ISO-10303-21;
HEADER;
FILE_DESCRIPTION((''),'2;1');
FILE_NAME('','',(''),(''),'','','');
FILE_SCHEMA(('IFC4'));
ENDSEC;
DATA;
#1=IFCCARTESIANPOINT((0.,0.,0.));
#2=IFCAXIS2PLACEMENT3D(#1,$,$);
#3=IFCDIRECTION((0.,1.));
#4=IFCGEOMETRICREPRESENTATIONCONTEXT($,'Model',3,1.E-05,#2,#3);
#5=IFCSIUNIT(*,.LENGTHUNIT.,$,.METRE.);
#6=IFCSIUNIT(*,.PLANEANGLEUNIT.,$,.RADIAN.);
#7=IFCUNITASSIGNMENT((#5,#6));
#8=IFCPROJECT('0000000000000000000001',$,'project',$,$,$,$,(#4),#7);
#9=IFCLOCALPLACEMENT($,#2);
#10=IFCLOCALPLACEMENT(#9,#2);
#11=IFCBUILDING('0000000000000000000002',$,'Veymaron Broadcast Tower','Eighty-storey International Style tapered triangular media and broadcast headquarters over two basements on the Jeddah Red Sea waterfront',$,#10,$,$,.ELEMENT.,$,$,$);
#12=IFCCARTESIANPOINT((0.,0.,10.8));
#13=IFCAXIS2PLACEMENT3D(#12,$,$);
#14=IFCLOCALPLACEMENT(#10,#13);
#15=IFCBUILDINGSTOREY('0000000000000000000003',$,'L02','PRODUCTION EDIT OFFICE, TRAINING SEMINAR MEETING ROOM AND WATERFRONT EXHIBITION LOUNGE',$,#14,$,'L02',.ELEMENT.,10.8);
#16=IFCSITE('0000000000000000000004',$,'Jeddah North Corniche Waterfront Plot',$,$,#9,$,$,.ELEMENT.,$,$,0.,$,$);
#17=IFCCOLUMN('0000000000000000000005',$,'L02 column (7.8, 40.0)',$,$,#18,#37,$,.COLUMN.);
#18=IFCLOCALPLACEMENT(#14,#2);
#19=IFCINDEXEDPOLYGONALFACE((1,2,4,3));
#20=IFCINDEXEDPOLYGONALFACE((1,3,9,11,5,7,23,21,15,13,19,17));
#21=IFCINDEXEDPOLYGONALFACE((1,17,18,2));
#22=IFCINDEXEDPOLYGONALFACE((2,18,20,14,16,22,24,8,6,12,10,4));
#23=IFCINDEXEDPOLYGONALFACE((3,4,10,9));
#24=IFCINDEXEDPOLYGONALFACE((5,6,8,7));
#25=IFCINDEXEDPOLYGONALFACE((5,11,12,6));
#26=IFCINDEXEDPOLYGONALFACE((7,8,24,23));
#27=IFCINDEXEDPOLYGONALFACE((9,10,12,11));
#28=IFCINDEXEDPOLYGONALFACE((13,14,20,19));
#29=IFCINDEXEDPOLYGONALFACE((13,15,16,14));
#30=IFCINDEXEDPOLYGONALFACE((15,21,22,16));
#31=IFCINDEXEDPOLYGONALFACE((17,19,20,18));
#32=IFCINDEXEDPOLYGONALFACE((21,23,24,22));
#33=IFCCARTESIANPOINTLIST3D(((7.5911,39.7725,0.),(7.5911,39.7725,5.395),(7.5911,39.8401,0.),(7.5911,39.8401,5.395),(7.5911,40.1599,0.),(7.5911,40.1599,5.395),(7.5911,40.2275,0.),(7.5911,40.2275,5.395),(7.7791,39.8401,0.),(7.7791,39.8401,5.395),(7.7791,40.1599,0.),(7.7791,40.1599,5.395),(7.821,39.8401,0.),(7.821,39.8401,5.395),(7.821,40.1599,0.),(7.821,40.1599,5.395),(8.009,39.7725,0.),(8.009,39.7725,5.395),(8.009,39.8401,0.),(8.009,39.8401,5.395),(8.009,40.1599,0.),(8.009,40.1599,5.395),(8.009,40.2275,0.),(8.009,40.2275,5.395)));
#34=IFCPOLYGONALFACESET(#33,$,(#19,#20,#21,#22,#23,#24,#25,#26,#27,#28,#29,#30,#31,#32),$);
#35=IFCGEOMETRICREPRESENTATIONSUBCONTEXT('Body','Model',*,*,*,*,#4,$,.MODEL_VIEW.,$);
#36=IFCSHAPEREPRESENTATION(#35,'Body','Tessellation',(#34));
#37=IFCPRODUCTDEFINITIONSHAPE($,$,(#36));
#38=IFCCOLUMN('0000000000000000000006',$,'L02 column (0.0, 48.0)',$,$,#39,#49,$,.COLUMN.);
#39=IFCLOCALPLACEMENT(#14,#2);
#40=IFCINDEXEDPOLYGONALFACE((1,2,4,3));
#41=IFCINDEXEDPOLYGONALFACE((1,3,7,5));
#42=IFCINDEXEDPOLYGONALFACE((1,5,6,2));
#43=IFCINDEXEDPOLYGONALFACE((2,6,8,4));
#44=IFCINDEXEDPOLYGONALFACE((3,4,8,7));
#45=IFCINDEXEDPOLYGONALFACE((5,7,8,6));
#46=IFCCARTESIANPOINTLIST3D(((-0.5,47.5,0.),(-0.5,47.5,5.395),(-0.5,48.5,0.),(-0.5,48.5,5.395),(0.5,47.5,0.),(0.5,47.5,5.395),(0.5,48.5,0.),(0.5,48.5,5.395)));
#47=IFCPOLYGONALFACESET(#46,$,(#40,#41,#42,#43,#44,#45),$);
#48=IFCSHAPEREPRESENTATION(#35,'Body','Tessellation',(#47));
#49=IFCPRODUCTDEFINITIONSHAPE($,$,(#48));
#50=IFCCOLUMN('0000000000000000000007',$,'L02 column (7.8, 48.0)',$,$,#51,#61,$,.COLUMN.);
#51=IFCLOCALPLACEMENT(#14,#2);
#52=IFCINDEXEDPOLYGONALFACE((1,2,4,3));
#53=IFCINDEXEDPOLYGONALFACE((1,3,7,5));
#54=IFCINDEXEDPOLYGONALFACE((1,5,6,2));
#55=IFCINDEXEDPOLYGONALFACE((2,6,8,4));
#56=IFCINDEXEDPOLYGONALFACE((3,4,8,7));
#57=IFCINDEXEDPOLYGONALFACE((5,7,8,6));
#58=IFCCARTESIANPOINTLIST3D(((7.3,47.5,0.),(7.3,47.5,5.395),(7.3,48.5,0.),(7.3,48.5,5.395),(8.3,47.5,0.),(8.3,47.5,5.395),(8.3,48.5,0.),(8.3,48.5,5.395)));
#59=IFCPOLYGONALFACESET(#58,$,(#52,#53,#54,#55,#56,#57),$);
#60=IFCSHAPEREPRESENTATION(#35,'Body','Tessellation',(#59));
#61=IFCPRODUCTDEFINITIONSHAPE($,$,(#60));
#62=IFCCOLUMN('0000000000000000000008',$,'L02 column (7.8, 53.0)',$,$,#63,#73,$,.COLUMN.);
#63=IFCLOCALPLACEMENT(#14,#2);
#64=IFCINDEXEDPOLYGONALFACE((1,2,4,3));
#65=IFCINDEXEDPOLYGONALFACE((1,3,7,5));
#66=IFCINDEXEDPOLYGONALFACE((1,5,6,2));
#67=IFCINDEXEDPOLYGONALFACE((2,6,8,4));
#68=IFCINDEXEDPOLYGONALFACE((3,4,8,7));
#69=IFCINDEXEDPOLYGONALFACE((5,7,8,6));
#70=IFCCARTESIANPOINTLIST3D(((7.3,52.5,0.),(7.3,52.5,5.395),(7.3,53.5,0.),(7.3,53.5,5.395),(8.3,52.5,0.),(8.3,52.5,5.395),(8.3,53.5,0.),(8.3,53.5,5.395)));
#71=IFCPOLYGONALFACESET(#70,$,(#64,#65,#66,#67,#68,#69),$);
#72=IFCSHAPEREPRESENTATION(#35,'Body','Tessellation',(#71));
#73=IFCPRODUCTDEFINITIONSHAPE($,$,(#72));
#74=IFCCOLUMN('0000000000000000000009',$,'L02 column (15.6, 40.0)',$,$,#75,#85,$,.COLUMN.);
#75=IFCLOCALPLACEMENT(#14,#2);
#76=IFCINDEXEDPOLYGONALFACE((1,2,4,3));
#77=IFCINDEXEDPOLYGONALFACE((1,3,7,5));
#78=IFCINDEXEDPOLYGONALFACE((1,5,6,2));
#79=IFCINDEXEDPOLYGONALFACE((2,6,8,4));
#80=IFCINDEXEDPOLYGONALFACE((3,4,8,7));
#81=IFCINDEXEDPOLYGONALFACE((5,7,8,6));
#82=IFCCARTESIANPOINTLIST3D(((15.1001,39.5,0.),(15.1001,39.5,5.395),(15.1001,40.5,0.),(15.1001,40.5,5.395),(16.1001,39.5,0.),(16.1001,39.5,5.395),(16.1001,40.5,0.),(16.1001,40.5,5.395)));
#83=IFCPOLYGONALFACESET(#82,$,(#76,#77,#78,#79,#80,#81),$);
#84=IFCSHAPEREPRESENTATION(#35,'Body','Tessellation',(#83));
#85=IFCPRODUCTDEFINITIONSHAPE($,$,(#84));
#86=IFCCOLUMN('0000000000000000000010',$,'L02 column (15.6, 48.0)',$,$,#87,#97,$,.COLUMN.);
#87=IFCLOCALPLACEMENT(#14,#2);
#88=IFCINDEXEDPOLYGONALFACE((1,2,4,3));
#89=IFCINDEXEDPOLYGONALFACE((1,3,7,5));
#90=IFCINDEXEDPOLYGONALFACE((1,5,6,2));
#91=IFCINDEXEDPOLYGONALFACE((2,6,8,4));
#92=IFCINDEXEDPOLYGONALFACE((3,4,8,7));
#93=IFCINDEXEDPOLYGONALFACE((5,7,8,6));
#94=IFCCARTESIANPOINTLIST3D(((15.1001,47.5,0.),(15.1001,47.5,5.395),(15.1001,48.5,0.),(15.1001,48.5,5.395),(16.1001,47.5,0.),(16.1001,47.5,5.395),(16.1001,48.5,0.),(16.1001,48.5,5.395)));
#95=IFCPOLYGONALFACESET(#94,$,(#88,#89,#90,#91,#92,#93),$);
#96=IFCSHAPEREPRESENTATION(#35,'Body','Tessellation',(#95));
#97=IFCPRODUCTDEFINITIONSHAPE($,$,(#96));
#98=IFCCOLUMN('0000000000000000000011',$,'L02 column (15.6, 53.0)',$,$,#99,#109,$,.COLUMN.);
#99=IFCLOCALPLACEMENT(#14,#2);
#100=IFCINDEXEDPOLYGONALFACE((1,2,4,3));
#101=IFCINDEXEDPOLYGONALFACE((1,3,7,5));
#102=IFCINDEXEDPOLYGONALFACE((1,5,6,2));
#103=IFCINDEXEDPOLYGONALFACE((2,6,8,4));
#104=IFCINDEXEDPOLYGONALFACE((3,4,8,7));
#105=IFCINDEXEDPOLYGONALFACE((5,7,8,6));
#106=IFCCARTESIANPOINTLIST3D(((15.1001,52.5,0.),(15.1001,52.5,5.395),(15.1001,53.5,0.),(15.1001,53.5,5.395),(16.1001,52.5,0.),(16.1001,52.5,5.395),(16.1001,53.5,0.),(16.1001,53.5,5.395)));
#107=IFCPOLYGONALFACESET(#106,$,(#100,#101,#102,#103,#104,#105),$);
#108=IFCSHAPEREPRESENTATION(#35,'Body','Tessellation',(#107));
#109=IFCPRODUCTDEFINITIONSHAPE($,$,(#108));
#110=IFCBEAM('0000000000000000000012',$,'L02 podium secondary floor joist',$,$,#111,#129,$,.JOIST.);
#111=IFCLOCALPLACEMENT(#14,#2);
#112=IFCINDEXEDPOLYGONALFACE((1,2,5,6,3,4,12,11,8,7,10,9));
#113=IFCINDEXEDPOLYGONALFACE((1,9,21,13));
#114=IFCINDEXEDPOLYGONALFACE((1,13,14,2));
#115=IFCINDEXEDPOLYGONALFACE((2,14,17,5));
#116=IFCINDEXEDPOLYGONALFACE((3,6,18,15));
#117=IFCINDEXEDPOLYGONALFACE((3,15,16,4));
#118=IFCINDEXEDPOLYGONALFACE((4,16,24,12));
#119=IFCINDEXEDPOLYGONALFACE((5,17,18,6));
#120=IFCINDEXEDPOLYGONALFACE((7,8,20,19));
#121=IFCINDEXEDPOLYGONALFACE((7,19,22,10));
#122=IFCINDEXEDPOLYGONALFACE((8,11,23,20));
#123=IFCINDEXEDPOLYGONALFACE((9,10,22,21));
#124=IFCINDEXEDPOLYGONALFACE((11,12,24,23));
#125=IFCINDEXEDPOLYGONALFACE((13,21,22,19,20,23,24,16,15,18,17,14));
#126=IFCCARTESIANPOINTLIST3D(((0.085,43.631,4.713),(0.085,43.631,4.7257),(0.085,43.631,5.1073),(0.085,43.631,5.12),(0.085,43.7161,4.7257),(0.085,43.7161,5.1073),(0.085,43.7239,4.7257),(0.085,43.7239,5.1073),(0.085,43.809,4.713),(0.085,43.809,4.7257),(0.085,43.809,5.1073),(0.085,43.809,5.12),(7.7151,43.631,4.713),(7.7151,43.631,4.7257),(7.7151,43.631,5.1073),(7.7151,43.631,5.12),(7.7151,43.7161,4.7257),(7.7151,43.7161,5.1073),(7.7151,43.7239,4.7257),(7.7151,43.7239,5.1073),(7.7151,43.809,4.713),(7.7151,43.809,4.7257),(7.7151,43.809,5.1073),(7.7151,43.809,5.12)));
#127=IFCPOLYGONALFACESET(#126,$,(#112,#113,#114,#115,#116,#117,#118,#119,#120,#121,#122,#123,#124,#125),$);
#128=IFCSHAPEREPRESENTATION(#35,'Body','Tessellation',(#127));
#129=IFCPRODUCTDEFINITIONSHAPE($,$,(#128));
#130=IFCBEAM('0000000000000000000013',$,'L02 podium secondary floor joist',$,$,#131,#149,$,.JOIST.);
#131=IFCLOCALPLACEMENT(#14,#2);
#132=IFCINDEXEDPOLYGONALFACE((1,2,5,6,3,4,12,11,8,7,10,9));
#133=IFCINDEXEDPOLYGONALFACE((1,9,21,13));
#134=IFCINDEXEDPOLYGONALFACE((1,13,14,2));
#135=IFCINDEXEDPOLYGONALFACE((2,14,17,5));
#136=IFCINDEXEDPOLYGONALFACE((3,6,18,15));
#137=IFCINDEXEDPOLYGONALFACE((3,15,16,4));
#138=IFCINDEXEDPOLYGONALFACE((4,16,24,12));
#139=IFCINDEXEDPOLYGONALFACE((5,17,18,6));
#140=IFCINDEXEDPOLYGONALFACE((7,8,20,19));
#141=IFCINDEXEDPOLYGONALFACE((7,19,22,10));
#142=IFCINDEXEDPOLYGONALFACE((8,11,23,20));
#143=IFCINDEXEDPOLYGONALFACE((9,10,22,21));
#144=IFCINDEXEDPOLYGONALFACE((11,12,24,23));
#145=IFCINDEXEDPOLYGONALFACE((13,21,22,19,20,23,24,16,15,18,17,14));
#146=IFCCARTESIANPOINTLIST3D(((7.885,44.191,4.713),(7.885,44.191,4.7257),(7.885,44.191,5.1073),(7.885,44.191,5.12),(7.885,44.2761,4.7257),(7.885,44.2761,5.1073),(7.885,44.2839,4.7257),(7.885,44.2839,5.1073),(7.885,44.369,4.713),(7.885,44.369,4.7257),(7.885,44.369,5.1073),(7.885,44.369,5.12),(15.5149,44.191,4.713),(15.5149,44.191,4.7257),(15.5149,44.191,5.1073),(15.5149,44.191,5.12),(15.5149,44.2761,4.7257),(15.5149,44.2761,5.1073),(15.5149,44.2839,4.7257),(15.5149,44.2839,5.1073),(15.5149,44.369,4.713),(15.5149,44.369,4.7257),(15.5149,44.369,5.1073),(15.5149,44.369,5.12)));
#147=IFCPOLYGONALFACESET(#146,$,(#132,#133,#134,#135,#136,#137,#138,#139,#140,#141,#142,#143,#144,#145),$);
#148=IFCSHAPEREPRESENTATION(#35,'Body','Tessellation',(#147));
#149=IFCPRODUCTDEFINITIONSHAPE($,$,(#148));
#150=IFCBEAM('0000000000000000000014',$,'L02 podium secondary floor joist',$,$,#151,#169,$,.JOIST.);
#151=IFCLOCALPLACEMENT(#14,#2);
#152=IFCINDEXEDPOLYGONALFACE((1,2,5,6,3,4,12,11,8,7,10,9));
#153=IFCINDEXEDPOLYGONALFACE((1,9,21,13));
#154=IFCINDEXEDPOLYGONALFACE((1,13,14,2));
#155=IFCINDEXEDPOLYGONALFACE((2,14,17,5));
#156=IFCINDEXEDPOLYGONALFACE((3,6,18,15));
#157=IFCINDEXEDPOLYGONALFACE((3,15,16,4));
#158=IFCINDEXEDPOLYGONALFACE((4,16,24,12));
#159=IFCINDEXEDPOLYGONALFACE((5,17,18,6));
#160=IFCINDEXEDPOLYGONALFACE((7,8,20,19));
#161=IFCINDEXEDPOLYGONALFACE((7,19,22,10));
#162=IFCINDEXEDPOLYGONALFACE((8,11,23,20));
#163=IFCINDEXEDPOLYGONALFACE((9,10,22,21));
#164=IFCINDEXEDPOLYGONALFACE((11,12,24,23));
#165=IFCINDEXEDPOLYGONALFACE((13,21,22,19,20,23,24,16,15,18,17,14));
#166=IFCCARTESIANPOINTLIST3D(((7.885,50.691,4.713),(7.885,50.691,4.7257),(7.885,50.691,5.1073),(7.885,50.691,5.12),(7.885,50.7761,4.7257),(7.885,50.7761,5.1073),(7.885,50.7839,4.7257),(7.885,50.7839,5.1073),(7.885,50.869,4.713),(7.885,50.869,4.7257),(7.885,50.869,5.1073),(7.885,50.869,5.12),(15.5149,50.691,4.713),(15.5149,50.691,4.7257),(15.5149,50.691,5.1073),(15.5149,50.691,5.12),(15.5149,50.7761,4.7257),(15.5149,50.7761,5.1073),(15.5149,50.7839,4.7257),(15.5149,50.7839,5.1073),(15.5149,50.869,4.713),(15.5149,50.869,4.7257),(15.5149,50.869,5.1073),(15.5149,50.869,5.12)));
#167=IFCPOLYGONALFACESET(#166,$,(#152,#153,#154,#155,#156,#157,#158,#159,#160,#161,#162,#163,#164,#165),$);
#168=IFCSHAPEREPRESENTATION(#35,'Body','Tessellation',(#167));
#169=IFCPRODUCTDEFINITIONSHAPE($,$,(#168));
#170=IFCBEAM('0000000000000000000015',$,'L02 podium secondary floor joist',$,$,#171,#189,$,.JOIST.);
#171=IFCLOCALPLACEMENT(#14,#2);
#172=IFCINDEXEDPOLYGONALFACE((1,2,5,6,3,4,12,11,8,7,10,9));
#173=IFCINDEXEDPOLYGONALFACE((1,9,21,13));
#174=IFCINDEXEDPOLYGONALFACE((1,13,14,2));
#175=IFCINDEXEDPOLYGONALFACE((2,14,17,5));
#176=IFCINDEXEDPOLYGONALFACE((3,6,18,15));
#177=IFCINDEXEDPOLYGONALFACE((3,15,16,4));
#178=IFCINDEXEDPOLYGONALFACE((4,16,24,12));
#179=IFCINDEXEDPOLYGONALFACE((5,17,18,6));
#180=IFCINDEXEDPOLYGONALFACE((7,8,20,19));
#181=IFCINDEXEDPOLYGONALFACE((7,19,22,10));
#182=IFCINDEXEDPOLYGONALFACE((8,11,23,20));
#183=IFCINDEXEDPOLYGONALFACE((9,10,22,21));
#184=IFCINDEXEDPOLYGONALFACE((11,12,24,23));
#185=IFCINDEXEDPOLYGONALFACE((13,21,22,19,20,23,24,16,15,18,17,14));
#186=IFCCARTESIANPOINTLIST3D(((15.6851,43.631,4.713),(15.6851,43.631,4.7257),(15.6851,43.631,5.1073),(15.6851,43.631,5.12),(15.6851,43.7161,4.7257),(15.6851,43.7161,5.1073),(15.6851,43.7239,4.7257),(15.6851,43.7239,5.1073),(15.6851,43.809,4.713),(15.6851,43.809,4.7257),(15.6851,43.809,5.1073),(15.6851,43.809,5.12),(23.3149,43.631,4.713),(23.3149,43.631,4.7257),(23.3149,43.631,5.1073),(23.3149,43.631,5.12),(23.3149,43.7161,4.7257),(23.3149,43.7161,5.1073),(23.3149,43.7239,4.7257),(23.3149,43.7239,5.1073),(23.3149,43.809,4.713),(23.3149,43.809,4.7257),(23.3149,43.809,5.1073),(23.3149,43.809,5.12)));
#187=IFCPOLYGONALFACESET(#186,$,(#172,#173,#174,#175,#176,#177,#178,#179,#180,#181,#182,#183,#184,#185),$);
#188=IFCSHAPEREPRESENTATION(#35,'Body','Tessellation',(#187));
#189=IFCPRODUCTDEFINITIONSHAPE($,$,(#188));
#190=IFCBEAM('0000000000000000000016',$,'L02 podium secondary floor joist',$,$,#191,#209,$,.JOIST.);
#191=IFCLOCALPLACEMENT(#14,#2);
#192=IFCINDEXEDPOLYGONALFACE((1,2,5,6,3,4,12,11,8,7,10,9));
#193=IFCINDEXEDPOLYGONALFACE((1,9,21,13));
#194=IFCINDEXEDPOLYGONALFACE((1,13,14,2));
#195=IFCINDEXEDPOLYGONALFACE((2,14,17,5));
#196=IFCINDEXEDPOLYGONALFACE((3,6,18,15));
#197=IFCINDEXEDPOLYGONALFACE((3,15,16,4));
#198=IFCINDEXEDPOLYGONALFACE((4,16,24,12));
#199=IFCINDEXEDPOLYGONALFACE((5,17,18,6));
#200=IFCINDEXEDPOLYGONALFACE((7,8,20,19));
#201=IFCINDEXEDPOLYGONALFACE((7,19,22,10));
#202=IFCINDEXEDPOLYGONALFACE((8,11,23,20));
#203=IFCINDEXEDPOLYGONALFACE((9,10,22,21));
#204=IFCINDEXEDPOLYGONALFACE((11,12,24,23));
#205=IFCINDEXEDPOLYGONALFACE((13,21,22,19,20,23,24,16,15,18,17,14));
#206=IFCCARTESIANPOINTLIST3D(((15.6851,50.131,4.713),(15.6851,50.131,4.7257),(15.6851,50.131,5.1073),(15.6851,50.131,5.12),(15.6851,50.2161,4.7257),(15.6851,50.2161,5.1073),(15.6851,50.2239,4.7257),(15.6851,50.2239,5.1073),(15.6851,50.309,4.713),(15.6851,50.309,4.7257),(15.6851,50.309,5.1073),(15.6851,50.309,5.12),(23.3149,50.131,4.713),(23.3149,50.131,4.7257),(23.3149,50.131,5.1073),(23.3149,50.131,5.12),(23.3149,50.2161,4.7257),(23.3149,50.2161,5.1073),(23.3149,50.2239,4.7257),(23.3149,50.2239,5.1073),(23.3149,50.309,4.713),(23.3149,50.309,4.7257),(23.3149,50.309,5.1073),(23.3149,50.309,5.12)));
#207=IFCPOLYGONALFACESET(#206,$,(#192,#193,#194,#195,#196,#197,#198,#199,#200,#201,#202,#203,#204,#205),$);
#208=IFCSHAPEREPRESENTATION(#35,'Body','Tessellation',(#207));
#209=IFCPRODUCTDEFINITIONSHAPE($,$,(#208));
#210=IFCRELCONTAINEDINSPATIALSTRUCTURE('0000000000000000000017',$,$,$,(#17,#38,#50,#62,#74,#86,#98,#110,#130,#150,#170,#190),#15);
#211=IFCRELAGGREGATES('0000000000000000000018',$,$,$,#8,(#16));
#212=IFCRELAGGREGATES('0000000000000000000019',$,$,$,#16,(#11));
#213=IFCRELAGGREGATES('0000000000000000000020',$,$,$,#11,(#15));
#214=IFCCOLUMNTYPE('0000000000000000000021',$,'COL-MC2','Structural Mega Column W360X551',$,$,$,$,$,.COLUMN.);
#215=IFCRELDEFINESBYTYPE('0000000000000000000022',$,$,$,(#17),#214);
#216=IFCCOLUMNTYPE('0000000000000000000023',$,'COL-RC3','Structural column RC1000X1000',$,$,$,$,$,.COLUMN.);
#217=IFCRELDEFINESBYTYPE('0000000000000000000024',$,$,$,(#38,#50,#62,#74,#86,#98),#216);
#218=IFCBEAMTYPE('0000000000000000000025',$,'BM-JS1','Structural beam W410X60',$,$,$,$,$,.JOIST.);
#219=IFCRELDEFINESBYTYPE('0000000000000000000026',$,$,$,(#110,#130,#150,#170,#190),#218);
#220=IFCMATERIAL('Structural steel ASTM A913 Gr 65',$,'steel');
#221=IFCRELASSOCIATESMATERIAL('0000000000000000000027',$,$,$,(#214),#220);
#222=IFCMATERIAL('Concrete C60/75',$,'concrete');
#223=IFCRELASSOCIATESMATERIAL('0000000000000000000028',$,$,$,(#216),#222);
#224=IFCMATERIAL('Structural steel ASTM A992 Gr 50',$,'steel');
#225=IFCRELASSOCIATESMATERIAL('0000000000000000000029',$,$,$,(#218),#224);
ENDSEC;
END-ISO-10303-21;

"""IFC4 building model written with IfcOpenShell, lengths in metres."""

from ifc_helpers import new_model, si_unit, direction, frame, origin, origin_2d, place, context, subcontext, project, spatial, rectangle, i_section, extrude, material, material_profile, profile_set, type_object, element, save


model = new_model("IFC4")

# Units and contexts
model_context = context("Model", 3, precision=1e-05, world=origin(), true_north=direction((0.0, 1.0)))
body_context = subcontext(model_context, "Body", "Model", "MODEL_VIEW")
ifc_project = project(units=[si_unit("LENGTHUNIT", "METRE"), si_unit("PLANEANGLEUNIT", "RADIAN")], contexts=[model_context])

# Site, building, storey
site_placement = place(None, origin())
site = spatial("IfcSite", under=ifc_project, at=site_placement, Name="Jeddah North Corniche Waterfront Plot", CompositionType="ELEMENT", RefElevation=0.0)
building_placement = place(site_placement, origin())
building = spatial("IfcBuilding", under=site, at=building_placement, Name="Veymaron Broadcast Tower", Description="Eighty-storey International Style tapered triangular media and broadcast headquarters over two basements on the Jeddah Red Sea waterfront", CompositionType="ELEMENT")
storey_placement = place(building_placement, frame((0.0, 0.0, 10.8)))
storey = spatial("IfcBuildingStorey", under=building, at=storey_placement, Name="L02", Description="PRODUCTION EDIT OFFICE, TRAINING SEMINAR MEETING ROOM AND WATERFRONT EXHIBITION LOUNGE", LongName="L02", CompositionType="ELEMENT", Elevation=10.8)

# Columns
ifc_material_1 = material(Name="Structural steel ASTM A913 Gr 65", Category="steel")
ifc_material_profile_1 = material_profile(ifc_material_1, i_section(OverallWidth=0.418, OverallDepth=0.4551, WebThickness=0.042, FlangeThickness=0.0676, at=origin_2d()), Name="W360X551")
ifc_profile_set_1 = profile_set([ifc_material_profile_1], Name="Structural steel ASTM A913 Gr 65")
column_type_1 = type_object("IfcColumnType", Name="COL-MC2", Description="Structural Mega Column W360X551", PredefinedType="COLUMN", material=ifc_profile_set_1)
column_placement = place(storey_placement, frame((7.8, 40.0, 0.0), z_axis=(0.0, 0.0, 1.0), x_axis=(1.0, 0.0, 0.0)))
element("IfcColumn", 1, at=column_placement, inside=storey, type_object=column_type_1, Name="L02 column (7.8, 40.0)", PredefinedType="COLUMN", context=body_context, shape_type="SweptSolid", body=[
    extrude(i_section(OverallWidth=0.418, OverallDepth=0.4551, WebThickness=0.042, FlangeThickness=0.0676, at=origin_2d()), origin(), (0.0, 0.0, 1.0), 5.395),
])
ifc_material_2 = material(Name="Concrete C60/75", Category="concrete")
ifc_material_profile_2 = material_profile(ifc_material_2, rectangle(XDim=1.0, YDim=1.0, at=origin_2d()), Name="RC1000X1000")
ifc_profile_set_2 = profile_set([ifc_material_profile_2], Name="Concrete C60/75")
column_type_2 = type_object("IfcColumnType", Name="COL-RC3", Description="Structural column RC1000X1000", PredefinedType="COLUMN", material=ifc_profile_set_2)
for number, where, z_axis, x_axis, name in (
    (2, (0.0, 48.0, 0.0), (0.0, 0.0, 1.0), (1.0, 0.0, 0.0), "L02 column (0.0, 48.0)"),
    (3, (7.8, 48.0, 0.0), (0.0, 0.0, 1.0), (1.0, 0.0, 0.0), "L02 column (7.8, 48.0)"),
    (4, (7.8, 53.0, 0.0), (0.0, 0.0, 1.0), (1.0, 0.0, 0.0), "L02 column (7.8, 53.0)"),
    (5, (15.6001, 40.0, 0.0), (0.0, 0.0, 1.0), (1.0, 0.0, 0.0), "L02 column (15.6, 40.0)"),
    (6, (15.6001, 48.0, 0.0), (0.0, 0.0, 1.0), (1.0, 0.0, 0.0), "L02 column (15.6, 48.0)"),
    (7, (15.6001, 53.0, 0.0), (0.0, 0.0, 1.0), (1.0, 0.0, 0.0), "L02 column (15.6, 53.0)"),
):
    element("IfcColumn", number, at=place(storey_placement, frame(where, z_axis=z_axis, x_axis=x_axis)), inside=storey, type_object=column_type_2, Name=name, PredefinedType="COLUMN", context=body_context, shape_type="SweptSolid", body=[
        extrude(rectangle(XDim=1.0, YDim=1.0, at=origin_2d()), origin(), (0.0, 0.0, 1.0), 5.395),
    ])

# Beams
ifc_material_3 = material(Name="Structural steel ASTM A992 Gr 50", Category="steel")
ifc_material_profile_3 = material_profile(ifc_material_3, i_section(OverallWidth=0.178, OverallDepth=0.407, WebThickness=0.0078, FlangeThickness=0.0127, at=origin_2d()), Name="W410X60")
ifc_profile_set_3 = profile_set([ifc_material_profile_3], Name="Structural steel ASTM A992 Gr 50")
beam_type_1 = type_object("IfcBeamType", Name="BM-JS1", Description="Structural beam W410X60", PredefinedType="JOIST", material=ifc_profile_set_3)
beam_1_placement = place(storey_placement, frame((0.085, 43.72, 4.9165), z_axis=(1.0, 0.0, 0.0), x_axis=(0.0, 1.0, 0.0)))
element("IfcBeam", 8, at=beam_1_placement, inside=storey, type_object=beam_type_1, Name="L02 podium secondary floor joist", PredefinedType="JOIST", context=body_context, shape_type="SweptSolid", body=[
    extrude(i_section(OverallWidth=0.178, OverallDepth=0.407, WebThickness=0.0078, FlangeThickness=0.0127, at=origin_2d()), origin(), (0.0, 0.0, 1.0), 7.6301),
])
for number, where, z_axis, x_axis, name in (
    (9, (7.885, 44.28, 4.9165), (1.0, 0.0, 0.0), (0.0, 1.0, 0.0), "L02 podium secondary floor joist"),
    (10, (7.885, 50.78, 4.9165), (1.0, 0.0, 0.0), (0.0, 1.0, 0.0), "L02 podium secondary floor joist"),
    (11, (15.6851, 43.72, 4.9165), (1.0, 0.0, 0.0), (0.0, 1.0, 0.0), "L02 podium secondary floor joist"),
    (12, (15.6851, 50.22, 4.9165), (1.0, 0.0, 0.0), (0.0, 1.0, 0.0), "L02 podium secondary floor joist"),
):
    element("IfcBeam", number, at=place(storey_placement, frame(where, z_axis=z_axis, x_axis=x_axis)), inside=storey, type_object=beam_type_1, Name=name, PredefinedType="JOIST", context=body_context, shape_type="SweptSolid", body=[
        extrude(i_section(OverallWidth=0.178, OverallDepth=0.407, WebThickness=0.0078, FlangeThickness=0.0127, at=origin_2d()), origin(), (0.0, 0.0, 1.0), 7.6299),
    ])

save(model, "model.ifc")
